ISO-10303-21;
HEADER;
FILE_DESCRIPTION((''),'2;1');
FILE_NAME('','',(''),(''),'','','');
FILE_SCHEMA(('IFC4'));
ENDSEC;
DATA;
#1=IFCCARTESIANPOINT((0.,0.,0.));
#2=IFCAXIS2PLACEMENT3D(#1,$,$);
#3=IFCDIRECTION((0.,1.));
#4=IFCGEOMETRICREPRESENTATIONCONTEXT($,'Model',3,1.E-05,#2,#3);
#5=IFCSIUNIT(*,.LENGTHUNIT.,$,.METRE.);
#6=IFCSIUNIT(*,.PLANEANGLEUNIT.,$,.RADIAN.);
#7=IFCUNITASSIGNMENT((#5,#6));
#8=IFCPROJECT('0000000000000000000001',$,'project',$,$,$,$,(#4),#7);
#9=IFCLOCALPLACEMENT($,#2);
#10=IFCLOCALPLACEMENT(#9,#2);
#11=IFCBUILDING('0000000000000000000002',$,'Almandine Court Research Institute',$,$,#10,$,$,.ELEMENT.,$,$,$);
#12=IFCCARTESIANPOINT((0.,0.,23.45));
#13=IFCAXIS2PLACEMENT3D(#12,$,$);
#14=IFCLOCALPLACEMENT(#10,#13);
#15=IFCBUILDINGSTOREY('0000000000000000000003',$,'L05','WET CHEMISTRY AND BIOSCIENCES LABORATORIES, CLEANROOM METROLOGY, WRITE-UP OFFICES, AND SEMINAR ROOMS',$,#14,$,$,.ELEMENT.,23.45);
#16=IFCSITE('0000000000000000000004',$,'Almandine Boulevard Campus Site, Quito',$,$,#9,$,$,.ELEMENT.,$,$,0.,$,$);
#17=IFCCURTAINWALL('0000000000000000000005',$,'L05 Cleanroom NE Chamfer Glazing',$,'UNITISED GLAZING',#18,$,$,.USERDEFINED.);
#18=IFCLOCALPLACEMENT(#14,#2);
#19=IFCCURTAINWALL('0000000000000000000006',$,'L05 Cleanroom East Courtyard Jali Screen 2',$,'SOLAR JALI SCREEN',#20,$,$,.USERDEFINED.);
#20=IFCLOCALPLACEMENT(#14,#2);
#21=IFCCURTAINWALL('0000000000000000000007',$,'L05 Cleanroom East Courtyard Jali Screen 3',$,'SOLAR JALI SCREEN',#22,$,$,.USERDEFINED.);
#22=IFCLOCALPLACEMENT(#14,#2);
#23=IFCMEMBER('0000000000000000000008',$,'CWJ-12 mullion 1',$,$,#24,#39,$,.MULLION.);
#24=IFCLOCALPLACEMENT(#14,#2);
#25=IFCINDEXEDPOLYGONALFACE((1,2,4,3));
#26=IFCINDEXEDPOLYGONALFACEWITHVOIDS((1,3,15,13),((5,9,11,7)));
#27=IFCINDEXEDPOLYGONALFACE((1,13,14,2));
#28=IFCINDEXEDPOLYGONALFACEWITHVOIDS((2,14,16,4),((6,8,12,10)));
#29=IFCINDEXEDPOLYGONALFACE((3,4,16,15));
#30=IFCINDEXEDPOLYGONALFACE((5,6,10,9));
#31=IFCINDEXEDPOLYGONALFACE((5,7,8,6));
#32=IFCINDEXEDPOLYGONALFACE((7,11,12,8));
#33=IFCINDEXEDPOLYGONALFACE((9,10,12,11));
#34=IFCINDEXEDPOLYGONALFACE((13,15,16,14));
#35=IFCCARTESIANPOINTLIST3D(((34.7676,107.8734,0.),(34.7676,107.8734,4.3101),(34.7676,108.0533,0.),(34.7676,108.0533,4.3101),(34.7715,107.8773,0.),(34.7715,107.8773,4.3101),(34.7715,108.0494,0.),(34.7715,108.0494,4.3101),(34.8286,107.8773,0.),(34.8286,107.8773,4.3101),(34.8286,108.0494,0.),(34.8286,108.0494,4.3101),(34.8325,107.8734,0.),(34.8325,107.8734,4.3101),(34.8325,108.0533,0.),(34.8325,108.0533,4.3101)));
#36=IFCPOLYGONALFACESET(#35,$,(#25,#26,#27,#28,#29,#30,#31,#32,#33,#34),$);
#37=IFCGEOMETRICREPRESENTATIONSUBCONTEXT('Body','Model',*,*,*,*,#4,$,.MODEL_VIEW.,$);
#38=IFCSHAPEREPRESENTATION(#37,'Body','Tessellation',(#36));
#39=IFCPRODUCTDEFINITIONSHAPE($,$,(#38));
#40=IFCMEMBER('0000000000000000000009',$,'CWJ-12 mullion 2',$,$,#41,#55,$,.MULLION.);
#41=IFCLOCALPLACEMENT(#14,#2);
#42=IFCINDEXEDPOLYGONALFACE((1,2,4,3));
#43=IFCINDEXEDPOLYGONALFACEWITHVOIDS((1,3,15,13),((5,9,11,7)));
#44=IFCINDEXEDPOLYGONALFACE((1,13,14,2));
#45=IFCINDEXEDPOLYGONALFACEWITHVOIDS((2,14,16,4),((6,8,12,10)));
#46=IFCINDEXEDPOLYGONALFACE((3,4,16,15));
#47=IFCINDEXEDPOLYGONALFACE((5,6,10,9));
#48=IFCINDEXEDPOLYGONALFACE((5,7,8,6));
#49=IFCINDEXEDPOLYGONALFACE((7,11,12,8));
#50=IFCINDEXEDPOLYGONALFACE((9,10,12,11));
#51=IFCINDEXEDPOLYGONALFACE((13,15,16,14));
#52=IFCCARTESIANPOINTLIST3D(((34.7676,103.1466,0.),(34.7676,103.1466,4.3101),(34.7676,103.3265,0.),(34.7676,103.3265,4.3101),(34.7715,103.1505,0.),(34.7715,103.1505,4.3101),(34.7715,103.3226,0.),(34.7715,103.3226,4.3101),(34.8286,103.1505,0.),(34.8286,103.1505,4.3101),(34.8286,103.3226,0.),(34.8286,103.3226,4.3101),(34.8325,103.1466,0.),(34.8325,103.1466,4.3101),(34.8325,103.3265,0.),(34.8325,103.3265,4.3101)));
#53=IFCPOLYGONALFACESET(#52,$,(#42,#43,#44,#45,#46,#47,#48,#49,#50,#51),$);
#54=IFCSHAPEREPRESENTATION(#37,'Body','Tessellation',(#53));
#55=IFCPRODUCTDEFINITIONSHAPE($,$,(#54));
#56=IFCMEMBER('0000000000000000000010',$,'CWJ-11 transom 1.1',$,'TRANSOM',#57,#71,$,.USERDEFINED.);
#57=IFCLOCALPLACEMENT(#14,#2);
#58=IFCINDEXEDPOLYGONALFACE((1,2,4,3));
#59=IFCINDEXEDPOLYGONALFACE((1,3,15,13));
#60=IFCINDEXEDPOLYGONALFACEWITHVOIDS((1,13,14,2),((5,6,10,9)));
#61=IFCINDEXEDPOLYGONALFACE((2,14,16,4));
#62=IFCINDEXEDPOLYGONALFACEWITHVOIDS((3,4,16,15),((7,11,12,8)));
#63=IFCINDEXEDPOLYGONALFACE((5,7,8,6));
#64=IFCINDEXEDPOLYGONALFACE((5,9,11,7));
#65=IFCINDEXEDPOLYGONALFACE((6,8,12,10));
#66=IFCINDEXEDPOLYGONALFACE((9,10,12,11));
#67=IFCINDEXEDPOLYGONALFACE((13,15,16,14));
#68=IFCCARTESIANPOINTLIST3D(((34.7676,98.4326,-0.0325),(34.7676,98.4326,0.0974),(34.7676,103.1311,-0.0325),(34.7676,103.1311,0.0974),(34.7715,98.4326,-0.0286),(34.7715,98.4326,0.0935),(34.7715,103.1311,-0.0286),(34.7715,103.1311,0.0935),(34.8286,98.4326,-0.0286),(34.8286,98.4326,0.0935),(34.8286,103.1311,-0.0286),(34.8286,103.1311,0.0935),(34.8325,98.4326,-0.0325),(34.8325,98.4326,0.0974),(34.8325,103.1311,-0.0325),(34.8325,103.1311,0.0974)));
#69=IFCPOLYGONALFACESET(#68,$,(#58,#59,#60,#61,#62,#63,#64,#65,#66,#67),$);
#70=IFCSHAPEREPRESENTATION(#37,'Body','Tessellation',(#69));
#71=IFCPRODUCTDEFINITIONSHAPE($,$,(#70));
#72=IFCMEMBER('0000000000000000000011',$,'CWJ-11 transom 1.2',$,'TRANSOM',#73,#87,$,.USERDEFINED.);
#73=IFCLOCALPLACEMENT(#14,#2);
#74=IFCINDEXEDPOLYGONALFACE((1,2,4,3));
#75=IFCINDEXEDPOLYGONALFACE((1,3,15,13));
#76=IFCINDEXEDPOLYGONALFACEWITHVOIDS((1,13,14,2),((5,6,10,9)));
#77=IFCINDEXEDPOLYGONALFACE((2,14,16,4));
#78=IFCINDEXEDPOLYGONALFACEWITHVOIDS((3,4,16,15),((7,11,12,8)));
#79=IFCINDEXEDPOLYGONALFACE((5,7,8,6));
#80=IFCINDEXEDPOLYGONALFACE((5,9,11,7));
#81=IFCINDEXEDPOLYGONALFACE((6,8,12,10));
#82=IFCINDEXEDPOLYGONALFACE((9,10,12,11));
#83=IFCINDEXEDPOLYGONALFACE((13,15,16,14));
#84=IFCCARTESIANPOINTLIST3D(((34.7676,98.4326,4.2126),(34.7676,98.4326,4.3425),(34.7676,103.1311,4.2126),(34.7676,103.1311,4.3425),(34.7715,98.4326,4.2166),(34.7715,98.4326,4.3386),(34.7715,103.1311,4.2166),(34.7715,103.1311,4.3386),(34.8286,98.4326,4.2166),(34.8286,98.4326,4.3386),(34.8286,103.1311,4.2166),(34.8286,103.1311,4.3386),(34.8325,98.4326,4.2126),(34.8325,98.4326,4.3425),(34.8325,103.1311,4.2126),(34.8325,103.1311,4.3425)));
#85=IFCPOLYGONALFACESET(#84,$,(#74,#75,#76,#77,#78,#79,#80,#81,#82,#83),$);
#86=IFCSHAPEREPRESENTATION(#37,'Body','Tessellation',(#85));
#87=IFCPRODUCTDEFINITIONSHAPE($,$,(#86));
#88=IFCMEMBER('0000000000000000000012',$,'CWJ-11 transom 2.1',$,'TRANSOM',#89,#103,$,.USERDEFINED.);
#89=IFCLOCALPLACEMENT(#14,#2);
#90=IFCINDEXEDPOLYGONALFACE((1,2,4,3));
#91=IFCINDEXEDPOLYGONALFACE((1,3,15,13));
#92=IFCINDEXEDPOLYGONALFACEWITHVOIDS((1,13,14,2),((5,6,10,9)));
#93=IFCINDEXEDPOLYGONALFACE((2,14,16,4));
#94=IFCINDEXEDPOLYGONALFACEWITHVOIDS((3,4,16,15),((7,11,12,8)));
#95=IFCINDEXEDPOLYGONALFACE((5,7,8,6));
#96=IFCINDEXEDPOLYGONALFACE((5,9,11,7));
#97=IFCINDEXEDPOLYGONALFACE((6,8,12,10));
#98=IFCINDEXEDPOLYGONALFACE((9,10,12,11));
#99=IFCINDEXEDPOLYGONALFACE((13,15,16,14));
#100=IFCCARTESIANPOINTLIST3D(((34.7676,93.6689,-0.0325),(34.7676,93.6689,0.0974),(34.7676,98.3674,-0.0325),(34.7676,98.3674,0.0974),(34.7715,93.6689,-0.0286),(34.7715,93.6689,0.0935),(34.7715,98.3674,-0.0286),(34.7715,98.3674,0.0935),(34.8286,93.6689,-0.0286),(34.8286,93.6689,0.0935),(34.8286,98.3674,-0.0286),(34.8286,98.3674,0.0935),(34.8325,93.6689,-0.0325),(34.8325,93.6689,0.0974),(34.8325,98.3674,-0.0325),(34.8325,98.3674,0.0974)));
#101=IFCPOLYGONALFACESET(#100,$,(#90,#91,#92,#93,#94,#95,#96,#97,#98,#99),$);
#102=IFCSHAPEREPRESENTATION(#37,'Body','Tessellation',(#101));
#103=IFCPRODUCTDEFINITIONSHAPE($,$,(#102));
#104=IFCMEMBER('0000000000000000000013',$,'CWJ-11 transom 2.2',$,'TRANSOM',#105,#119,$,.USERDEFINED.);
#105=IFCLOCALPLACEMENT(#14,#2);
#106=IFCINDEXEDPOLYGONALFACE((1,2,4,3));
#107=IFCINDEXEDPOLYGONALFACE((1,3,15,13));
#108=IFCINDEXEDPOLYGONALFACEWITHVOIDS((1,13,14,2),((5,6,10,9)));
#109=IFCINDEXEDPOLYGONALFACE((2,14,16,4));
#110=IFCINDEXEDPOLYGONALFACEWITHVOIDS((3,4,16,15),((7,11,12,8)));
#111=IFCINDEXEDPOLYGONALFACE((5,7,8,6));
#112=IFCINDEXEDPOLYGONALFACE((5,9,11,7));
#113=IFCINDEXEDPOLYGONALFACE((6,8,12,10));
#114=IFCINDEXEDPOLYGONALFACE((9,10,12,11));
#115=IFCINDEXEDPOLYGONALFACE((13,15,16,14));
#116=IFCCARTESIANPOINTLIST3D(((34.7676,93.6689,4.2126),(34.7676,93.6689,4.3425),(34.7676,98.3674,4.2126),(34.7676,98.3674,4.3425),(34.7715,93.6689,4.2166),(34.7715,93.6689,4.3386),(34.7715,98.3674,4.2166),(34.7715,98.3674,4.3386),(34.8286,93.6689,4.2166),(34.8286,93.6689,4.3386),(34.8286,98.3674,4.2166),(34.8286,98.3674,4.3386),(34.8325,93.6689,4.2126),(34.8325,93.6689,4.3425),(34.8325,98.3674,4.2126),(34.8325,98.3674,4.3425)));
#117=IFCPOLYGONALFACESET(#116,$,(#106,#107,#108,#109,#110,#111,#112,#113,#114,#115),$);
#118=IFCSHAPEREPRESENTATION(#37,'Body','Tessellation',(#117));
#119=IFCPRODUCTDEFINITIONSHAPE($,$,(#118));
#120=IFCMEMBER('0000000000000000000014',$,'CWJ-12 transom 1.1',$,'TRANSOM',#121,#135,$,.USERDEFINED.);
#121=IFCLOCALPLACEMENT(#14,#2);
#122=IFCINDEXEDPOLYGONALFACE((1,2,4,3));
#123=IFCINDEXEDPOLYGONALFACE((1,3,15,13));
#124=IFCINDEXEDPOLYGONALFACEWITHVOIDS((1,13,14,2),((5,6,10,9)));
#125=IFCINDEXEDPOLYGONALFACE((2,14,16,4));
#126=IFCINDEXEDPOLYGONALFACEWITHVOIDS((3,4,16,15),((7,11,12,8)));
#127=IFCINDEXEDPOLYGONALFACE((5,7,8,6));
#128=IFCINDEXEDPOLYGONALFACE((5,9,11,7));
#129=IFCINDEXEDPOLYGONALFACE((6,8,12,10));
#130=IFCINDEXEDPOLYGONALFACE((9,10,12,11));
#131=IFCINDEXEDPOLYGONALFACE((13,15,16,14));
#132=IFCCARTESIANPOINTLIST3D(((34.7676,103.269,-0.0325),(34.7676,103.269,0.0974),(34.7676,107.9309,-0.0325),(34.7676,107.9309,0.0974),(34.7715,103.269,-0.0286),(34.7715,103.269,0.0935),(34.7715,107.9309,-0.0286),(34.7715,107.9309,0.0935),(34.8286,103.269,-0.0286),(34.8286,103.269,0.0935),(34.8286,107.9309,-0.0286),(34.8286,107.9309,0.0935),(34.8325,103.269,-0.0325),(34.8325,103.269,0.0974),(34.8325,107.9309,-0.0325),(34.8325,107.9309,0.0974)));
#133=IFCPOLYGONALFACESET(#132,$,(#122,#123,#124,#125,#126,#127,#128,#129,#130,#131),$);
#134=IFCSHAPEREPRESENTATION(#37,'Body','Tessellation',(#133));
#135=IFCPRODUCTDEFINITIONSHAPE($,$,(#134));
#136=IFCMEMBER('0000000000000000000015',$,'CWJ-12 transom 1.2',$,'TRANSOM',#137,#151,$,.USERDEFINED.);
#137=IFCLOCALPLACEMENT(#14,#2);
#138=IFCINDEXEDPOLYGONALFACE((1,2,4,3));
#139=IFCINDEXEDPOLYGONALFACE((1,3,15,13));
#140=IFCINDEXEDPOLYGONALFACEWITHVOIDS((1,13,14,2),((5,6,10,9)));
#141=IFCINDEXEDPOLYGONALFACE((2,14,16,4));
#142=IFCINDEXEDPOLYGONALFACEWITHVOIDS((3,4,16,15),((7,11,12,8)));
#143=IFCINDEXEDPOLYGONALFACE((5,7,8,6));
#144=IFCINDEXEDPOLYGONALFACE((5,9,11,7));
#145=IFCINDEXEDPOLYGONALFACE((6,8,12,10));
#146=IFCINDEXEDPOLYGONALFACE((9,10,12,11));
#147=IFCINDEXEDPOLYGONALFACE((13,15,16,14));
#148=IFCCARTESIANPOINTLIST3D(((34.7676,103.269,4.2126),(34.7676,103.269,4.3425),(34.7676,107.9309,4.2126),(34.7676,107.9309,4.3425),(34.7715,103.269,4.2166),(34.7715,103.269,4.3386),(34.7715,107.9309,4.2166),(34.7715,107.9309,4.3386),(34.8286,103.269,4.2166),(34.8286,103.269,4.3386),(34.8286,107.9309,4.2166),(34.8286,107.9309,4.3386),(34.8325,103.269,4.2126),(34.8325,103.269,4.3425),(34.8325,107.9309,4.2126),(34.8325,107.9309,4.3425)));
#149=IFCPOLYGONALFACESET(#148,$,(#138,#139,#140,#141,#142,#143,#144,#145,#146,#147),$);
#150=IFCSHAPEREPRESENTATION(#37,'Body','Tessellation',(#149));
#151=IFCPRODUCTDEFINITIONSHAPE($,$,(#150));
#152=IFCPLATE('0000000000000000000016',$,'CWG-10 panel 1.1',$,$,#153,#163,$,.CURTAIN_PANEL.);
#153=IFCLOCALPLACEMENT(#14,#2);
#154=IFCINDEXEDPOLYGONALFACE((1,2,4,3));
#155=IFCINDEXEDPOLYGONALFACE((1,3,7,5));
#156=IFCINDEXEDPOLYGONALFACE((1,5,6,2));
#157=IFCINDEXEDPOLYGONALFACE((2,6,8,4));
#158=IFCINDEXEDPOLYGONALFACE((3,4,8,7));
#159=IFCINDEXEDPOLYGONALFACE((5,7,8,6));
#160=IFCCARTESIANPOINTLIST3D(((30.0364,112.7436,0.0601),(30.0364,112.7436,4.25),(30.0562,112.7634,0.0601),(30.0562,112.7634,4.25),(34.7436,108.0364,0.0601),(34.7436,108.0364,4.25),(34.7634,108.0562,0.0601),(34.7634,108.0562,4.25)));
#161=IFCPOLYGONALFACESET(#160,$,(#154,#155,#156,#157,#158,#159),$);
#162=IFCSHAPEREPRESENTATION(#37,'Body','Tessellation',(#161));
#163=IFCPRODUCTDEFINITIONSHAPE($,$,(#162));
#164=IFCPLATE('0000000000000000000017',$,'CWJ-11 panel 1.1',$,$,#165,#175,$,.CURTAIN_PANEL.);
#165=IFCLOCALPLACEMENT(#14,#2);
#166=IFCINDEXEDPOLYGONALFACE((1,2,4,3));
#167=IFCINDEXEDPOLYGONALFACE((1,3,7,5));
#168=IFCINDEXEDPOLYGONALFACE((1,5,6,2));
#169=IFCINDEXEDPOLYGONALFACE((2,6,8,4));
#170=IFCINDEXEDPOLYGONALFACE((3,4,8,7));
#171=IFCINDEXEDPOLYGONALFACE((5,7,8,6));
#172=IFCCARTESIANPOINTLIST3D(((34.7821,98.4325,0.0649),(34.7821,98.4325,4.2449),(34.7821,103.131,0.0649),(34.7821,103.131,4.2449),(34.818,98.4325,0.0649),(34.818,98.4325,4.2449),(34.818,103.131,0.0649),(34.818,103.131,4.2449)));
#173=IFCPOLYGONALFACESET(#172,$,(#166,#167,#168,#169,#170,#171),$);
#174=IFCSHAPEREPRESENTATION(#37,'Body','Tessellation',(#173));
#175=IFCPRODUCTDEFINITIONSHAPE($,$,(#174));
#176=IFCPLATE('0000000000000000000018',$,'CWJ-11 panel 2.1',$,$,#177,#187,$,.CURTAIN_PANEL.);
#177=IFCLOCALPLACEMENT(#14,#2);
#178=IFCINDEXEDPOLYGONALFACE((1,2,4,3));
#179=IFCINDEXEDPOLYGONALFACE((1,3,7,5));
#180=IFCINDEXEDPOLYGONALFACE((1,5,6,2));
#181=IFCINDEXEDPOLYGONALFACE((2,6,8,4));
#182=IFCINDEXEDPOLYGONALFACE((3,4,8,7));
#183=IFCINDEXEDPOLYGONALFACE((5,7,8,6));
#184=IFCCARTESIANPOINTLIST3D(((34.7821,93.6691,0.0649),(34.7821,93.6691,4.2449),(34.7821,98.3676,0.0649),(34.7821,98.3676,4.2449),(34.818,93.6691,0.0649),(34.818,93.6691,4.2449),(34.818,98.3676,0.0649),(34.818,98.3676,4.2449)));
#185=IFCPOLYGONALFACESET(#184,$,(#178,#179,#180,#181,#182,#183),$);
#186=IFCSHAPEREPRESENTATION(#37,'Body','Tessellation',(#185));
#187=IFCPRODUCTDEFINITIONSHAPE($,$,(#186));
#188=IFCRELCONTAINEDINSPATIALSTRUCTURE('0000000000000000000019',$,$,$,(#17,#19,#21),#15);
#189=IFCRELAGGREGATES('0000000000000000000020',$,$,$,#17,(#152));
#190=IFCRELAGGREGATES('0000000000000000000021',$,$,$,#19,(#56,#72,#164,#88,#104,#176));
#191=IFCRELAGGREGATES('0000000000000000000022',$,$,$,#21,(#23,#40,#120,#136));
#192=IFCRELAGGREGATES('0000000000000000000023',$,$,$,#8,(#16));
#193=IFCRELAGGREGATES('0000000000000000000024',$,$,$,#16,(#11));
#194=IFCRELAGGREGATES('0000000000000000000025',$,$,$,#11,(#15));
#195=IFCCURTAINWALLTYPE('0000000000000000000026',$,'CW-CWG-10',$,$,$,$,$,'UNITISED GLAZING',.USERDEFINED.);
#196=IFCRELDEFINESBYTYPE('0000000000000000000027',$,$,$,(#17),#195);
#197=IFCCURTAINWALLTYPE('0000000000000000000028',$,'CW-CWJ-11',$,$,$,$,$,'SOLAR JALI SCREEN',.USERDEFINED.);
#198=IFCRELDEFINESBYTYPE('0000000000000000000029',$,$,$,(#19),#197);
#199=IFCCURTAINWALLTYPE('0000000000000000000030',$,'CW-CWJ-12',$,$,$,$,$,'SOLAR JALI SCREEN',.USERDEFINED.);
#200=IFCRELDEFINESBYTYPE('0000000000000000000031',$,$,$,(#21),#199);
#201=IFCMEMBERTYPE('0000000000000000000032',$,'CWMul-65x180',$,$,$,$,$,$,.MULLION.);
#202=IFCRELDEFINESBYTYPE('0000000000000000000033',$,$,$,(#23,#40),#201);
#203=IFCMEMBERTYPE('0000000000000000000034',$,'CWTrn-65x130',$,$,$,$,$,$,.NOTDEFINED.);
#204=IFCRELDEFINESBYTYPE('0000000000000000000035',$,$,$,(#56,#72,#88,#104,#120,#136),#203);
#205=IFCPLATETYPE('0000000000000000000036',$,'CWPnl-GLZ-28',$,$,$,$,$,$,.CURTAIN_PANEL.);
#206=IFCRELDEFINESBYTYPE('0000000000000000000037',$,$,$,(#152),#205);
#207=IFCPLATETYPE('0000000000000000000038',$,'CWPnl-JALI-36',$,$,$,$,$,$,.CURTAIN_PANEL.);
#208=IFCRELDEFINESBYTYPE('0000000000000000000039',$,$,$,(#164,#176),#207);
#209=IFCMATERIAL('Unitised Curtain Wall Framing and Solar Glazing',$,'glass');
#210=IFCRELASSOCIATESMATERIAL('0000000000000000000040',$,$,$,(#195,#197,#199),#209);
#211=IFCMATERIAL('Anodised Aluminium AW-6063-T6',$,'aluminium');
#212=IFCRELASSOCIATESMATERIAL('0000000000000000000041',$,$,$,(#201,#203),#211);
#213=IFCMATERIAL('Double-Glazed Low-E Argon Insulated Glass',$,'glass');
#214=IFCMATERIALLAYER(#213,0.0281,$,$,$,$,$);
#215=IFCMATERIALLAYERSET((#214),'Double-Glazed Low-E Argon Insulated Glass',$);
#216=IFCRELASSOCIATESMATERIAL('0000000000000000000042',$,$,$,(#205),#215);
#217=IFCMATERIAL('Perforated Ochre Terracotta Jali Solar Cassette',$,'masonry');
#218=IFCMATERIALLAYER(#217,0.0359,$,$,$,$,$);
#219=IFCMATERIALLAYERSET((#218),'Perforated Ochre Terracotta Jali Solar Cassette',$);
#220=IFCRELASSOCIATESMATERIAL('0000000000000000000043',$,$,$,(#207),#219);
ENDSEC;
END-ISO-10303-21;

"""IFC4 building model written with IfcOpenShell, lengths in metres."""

from ifc_helpers import new_model, si_unit, direction, frame, origin, origin_2d, place, context, subcontext, project, spatial, rectangle, hollow_rectangle, extrude, material, layer, layer_set, material_profile, profile_set, type_object, element, aggregate, save


model = new_model("IFC4")

# Units and contexts
model_context = context("Model", 3, precision=1e-05, world=origin(), true_north=direction((0.0, 1.0)))
body_context = subcontext(model_context, "Body", "Model", "MODEL_VIEW")
ifc_project = project(units=[si_unit("LENGTHUNIT", "METRE"), si_unit("PLANEANGLEUNIT", "RADIAN")], contexts=[model_context])

# Site, building, storey
site_placement = place(None, origin())
site = spatial("IfcSite", under=ifc_project, at=site_placement, Name="Almandine Boulevard Campus Site, Quito", CompositionType="ELEMENT", RefElevation=0.0)
building_placement = place(site_placement, origin())
building = spatial("IfcBuilding", under=site, at=building_placement, Name="Almandine Court Research Institute", CompositionType="ELEMENT")
storey_placement = place(building_placement, frame((0.0, 0.0, 23.45)))
storey = spatial("IfcBuildingStorey", under=building, at=storey_placement, Name="L05", Description="WET CHEMISTRY AND BIOSCIENCES LABORATORIES, CLEANROOM METROLOGY, WRITE-UP OFFICES, AND SEMINAR ROOMS", CompositionType="ELEMENT", Elevation=23.45)

# Curtain wall
ifc_material_1 = material(Name="Unitised Curtain Wall Framing and Solar Glazing", Category="glass")
curtain_wall_type_1 = type_object("IfcCurtainWallType", Name="CW-CWG-10", ElementType="UNITISED GLAZING", PredefinedType="USERDEFINED", material=ifc_material_1)
curtain_wall_1_placement = place(storey_placement, origin())
curtain_wall_1 = element("IfcCurtainWall", 1, at=curtain_wall_1_placement, inside=storey, type_object=curtain_wall_type_1, Name="L05 Cleanroom NE Chamfer Glazing", ObjectType="UNITISED GLAZING", PredefinedType="USERDEFINED")
ifc_material_2 = material(Name="Anodised Aluminium AW-6063-T6", Category="aluminium")

# Curtain walls, members
curtain_wall_type_2 = type_object("IfcCurtainWallType", Name="CW-CWJ-11", ElementType="SOLAR JALI SCREEN", PredefinedType="USERDEFINED", material=ifc_material_1)
curtain_wall_2_placement = place(storey_placement, origin())
curtain_wall_2 = element("IfcCurtainWall", 2, at=curtain_wall_2_placement, inside=storey, type_object=curtain_wall_type_2, Name="L05 Cleanroom East Courtyard Jali Screen 2", ObjectType="SOLAR JALI SCREEN", PredefinedType="USERDEFINED")
ifc_material_profile_1 = material_profile(ifc_material_2, hollow_rectangle(XDim=0.0649, YDim=0.1799, WallThickness=0.0039, at=origin_2d()), Name="ALU RHS 65x180x4")
ifc_profile_set_1 = profile_set([ifc_material_profile_1], Name="Anodised Aluminium AW-6063-T6")
member_type_1 = type_object("IfcMemberType", Name="CWMul-65x180", PredefinedType="MULLION", material=ifc_profile_set_1)
curtain_wall_type_3 = type_object("IfcCurtainWallType", Name="CW-CWJ-12", ElementType="SOLAR JALI SCREEN", PredefinedType="USERDEFINED", material=ifc_material_1)
curtain_wall_3_placement = place(storey_placement, origin())
curtain_wall_3 = element("IfcCurtainWall", 3, at=curtain_wall_3_placement, inside=storey, type_object=curtain_wall_type_3, Name="L05 Cleanroom East Courtyard Jali Screen 3", ObjectType="SOLAR JALI SCREEN", PredefinedType="USERDEFINED")
member_1_placement = place(storey_placement, frame((34.8, 107.9634, 0.0), z_axis=(0.0, 0.0, 1.0), x_axis=(1.0, 0.0, 0.0)))
member_1 = element("IfcMember", 4, at=member_1_placement, type_object=member_type_1, Name="CWJ-12 mullion 1", PredefinedType="MULLION", context=body_context, shape_type="SweptSolid", body=[
    extrude(hollow_rectangle(XDim=0.0649, YDim=0.1799, WallThickness=0.0039, at=origin_2d()), origin(), (0.0, 0.0, 1.0), 4.3101),
])
member_2_placement = place(storey_placement, frame((34.8, 103.2366, 0.0), z_axis=(0.0, 0.0, 1.0), x_axis=(1.0, 0.0, 0.0)))
member_2 = element("IfcMember", 5, at=member_2_placement, type_object=member_type_1, Name="CWJ-12 mullion 2", PredefinedType="MULLION", context=body_context, shape_type="SweptSolid", body=[
    extrude(hollow_rectangle(XDim=0.0649, YDim=0.1799, WallThickness=0.0039, at=origin_2d()), origin(), (0.0, 0.0, 1.0), 4.3101),
])

# Members
ifc_material_profile_2 = material_profile(ifc_material_2, hollow_rectangle(XDim=0.0649, YDim=0.1299, WallThickness=0.0039, at=origin_2d()), Name="ALU RHS 65x130x4")
ifc_profile_set_2 = profile_set([ifc_material_profile_2], Name="Anodised Aluminium AW-6063-T6")
member_type_2 = type_object("IfcMemberType", Name="CWTrn-65x130", PredefinedType="NOTDEFINED", material=ifc_profile_set_2)
member_3_placement = place(storey_placement, frame((34.8, 103.1311, 0.0325), z_axis=(0.0, -1.0, 0.0), x_axis=(1.0, 0.0, 0.0)))
member_3 = element("IfcMember", 6, at=member_3_placement, type_object=member_type_2, Name="CWJ-11 transom 1.1", ObjectType="TRANSOM", PredefinedType="USERDEFINED", context=body_context, shape_type="SweptSolid", body=[
    extrude(hollow_rectangle(XDim=0.0649, YDim=0.1299, WallThickness=0.0039, at=origin_2d()), origin(), (0.0, 0.0, 1.0), 4.6985),
])
member_4_placement = place(storey_placement, frame((34.8, 103.1311, 4.2776), z_axis=(0.0, -1.0, 0.0), x_axis=(1.0, 0.0, 0.0)))
member_4 = element("IfcMember", 7, at=member_4_placement, type_object=member_type_2, Name="CWJ-11 transom 1.2", ObjectType="TRANSOM", PredefinedType="USERDEFINED", context=body_context, shape_type="SweptSolid", body=[
    extrude(hollow_rectangle(XDim=0.0649, YDim=0.1299, WallThickness=0.0039, at=origin_2d()), origin(), (0.0, 0.0, 1.0), 4.6985),
])
member_5_placement = place(storey_placement, frame((34.8, 98.3674, 0.0325), z_axis=(0.0, -1.0, 0.0), x_axis=(1.0, 0.0, 0.0)))
member_5 = element("IfcMember", 8, at=member_5_placement, type_object=member_type_2, Name="CWJ-11 transom 2.1", ObjectType="TRANSOM", PredefinedType="USERDEFINED", context=body_context, shape_type="SweptSolid", body=[
    extrude(hollow_rectangle(XDim=0.0649, YDim=0.1299, WallThickness=0.0039, at=origin_2d()), origin(), (0.0, 0.0, 1.0), 4.6985),
])
member_6_placement = place(storey_placement, frame((34.8, 98.3674, 4.2776), z_axis=(0.0, -1.0, 0.0), x_axis=(1.0, 0.0, 0.0)))
member_6 = element("IfcMember", 9, at=member_6_placement, type_object=member_type_2, Name="CWJ-11 transom 2.2", ObjectType="TRANSOM", PredefinedType="USERDEFINED", context=body_context, shape_type="SweptSolid", body=[
    extrude(hollow_rectangle(XDim=0.0649, YDim=0.1299, WallThickness=0.0039, at=origin_2d()), origin(), (0.0, 0.0, 1.0), 4.6985),
])
member_7_placement = place(storey_placement, frame((34.8, 107.9309, 0.0325), z_axis=(0.0, -1.0, 0.0), x_axis=(1.0, 0.0, 0.0)))
member_7 = element("IfcMember", 10, at=member_7_placement, type_object=member_type_2, Name="CWJ-12 transom 1.1", ObjectType="TRANSOM", PredefinedType="USERDEFINED", context=body_context, shape_type="SweptSolid", body=[
    extrude(hollow_rectangle(XDim=0.0649, YDim=0.1299, WallThickness=0.0039, at=origin_2d()), origin(), (0.0, 0.0, 1.0), 4.6619),
])
member_8_placement = place(storey_placement, frame((34.8, 107.9309, 4.2776), z_axis=(0.0, -1.0, 0.0), x_axis=(1.0, 0.0, 0.0)))
member_8 = element("IfcMember", 11, at=member_8_placement, type_object=member_type_2, Name="CWJ-12 transom 1.2", ObjectType="TRANSOM", PredefinedType="USERDEFINED", context=body_context, shape_type="SweptSolid", body=[
    extrude(hollow_rectangle(XDim=0.0649, YDim=0.1299, WallThickness=0.0039, at=origin_2d()), origin(), (0.0, 0.0, 1.0), 4.6619),
])

# Plates
ifc_material_3 = material(Name="Double-Glazed Low-E Argon Insulated Glass", Category="glass")
ifc_layer_1 = layer(ifc_material_3, 0.0281)
ifc_layer_set_1 = layer_set([ifc_layer_1], Name="Double-Glazed Low-E Argon Insulated Glass")
plate_type_1 = type_object("IfcPlateType", Name="CWPnl-GLZ-28", PredefinedType="CURTAIN_PANEL", material=ifc_layer_set_1)
plate_1_placement = place(storey_placement, frame((32.3999, 110.3999, 0.0601), z_axis=(0.0, 0.0, 1.0), x_axis=(0.707107, -0.707107, 0.0)))
plate_1 = element("IfcPlate", 12, at=plate_1_placement, type_object=plate_type_1, Name="CWG-10 panel 1.1", PredefinedType="CURTAIN_PANEL", context=body_context, shape_type="SweptSolid", body=[
    extrude(rectangle(XDim=6.657, YDim=0.0281, at=origin_2d()), origin(), (0.0, 0.0, 1.0), 4.1899),
])
aggregate(curtain_wall_1, [plate_1])
ifc_material_4 = material(Name="Perforated Ochre Terracotta Jali Solar Cassette", Category="masonry")
ifc_layer_2 = layer(ifc_material_4, 0.0359)
ifc_layer_set_2 = layer_set([ifc_layer_2], Name="Perforated Ochre Terracotta Jali Solar Cassette")
plate_type_2 = type_object("IfcPlateType", Name="CWPnl-JALI-36", PredefinedType="CURTAIN_PANEL", material=ifc_layer_set_2)
plate_2_placement = place(storey_placement, frame((34.8, 100.7817, 0.0649), z_axis=(0.0, 0.0, 1.0), x_axis=(0.0, -1.0, 0.0)))
plate_2 = element("IfcPlate", 13, at=plate_2_placement, type_object=plate_type_2, Name="CWJ-11 panel 1.1", PredefinedType="CURTAIN_PANEL", context=body_context, shape_type="SweptSolid", body=[
    extrude(rectangle(XDim=4.6985, YDim=0.0359, at=origin_2d()), origin(), (0.0, 0.0, 1.0), 4.1799),
])
plate_3_placement = place(storey_placement, frame((34.8, 96.0183, 0.0649), z_axis=(0.0, 0.0, 1.0), x_axis=(0.0, -1.0, 0.0)))
plate_3 = element("IfcPlate", 14, at=plate_3_placement, type_object=plate_type_2, Name="CWJ-11 panel 2.1", PredefinedType="CURTAIN_PANEL", context=body_context, shape_type="SweptSolid", body=[
    extrude(rectangle(XDim=4.6985, YDim=0.0359, at=origin_2d()), origin(), (0.0, 0.0, 1.0), 4.1799),
])
aggregate(curtain_wall_2, [member_3, member_4, plate_2, member_5, member_6, plate_3])
aggregate(curtain_wall_3, [member_1, member_2, member_7, member_8])

save(model, "model.ifc")
